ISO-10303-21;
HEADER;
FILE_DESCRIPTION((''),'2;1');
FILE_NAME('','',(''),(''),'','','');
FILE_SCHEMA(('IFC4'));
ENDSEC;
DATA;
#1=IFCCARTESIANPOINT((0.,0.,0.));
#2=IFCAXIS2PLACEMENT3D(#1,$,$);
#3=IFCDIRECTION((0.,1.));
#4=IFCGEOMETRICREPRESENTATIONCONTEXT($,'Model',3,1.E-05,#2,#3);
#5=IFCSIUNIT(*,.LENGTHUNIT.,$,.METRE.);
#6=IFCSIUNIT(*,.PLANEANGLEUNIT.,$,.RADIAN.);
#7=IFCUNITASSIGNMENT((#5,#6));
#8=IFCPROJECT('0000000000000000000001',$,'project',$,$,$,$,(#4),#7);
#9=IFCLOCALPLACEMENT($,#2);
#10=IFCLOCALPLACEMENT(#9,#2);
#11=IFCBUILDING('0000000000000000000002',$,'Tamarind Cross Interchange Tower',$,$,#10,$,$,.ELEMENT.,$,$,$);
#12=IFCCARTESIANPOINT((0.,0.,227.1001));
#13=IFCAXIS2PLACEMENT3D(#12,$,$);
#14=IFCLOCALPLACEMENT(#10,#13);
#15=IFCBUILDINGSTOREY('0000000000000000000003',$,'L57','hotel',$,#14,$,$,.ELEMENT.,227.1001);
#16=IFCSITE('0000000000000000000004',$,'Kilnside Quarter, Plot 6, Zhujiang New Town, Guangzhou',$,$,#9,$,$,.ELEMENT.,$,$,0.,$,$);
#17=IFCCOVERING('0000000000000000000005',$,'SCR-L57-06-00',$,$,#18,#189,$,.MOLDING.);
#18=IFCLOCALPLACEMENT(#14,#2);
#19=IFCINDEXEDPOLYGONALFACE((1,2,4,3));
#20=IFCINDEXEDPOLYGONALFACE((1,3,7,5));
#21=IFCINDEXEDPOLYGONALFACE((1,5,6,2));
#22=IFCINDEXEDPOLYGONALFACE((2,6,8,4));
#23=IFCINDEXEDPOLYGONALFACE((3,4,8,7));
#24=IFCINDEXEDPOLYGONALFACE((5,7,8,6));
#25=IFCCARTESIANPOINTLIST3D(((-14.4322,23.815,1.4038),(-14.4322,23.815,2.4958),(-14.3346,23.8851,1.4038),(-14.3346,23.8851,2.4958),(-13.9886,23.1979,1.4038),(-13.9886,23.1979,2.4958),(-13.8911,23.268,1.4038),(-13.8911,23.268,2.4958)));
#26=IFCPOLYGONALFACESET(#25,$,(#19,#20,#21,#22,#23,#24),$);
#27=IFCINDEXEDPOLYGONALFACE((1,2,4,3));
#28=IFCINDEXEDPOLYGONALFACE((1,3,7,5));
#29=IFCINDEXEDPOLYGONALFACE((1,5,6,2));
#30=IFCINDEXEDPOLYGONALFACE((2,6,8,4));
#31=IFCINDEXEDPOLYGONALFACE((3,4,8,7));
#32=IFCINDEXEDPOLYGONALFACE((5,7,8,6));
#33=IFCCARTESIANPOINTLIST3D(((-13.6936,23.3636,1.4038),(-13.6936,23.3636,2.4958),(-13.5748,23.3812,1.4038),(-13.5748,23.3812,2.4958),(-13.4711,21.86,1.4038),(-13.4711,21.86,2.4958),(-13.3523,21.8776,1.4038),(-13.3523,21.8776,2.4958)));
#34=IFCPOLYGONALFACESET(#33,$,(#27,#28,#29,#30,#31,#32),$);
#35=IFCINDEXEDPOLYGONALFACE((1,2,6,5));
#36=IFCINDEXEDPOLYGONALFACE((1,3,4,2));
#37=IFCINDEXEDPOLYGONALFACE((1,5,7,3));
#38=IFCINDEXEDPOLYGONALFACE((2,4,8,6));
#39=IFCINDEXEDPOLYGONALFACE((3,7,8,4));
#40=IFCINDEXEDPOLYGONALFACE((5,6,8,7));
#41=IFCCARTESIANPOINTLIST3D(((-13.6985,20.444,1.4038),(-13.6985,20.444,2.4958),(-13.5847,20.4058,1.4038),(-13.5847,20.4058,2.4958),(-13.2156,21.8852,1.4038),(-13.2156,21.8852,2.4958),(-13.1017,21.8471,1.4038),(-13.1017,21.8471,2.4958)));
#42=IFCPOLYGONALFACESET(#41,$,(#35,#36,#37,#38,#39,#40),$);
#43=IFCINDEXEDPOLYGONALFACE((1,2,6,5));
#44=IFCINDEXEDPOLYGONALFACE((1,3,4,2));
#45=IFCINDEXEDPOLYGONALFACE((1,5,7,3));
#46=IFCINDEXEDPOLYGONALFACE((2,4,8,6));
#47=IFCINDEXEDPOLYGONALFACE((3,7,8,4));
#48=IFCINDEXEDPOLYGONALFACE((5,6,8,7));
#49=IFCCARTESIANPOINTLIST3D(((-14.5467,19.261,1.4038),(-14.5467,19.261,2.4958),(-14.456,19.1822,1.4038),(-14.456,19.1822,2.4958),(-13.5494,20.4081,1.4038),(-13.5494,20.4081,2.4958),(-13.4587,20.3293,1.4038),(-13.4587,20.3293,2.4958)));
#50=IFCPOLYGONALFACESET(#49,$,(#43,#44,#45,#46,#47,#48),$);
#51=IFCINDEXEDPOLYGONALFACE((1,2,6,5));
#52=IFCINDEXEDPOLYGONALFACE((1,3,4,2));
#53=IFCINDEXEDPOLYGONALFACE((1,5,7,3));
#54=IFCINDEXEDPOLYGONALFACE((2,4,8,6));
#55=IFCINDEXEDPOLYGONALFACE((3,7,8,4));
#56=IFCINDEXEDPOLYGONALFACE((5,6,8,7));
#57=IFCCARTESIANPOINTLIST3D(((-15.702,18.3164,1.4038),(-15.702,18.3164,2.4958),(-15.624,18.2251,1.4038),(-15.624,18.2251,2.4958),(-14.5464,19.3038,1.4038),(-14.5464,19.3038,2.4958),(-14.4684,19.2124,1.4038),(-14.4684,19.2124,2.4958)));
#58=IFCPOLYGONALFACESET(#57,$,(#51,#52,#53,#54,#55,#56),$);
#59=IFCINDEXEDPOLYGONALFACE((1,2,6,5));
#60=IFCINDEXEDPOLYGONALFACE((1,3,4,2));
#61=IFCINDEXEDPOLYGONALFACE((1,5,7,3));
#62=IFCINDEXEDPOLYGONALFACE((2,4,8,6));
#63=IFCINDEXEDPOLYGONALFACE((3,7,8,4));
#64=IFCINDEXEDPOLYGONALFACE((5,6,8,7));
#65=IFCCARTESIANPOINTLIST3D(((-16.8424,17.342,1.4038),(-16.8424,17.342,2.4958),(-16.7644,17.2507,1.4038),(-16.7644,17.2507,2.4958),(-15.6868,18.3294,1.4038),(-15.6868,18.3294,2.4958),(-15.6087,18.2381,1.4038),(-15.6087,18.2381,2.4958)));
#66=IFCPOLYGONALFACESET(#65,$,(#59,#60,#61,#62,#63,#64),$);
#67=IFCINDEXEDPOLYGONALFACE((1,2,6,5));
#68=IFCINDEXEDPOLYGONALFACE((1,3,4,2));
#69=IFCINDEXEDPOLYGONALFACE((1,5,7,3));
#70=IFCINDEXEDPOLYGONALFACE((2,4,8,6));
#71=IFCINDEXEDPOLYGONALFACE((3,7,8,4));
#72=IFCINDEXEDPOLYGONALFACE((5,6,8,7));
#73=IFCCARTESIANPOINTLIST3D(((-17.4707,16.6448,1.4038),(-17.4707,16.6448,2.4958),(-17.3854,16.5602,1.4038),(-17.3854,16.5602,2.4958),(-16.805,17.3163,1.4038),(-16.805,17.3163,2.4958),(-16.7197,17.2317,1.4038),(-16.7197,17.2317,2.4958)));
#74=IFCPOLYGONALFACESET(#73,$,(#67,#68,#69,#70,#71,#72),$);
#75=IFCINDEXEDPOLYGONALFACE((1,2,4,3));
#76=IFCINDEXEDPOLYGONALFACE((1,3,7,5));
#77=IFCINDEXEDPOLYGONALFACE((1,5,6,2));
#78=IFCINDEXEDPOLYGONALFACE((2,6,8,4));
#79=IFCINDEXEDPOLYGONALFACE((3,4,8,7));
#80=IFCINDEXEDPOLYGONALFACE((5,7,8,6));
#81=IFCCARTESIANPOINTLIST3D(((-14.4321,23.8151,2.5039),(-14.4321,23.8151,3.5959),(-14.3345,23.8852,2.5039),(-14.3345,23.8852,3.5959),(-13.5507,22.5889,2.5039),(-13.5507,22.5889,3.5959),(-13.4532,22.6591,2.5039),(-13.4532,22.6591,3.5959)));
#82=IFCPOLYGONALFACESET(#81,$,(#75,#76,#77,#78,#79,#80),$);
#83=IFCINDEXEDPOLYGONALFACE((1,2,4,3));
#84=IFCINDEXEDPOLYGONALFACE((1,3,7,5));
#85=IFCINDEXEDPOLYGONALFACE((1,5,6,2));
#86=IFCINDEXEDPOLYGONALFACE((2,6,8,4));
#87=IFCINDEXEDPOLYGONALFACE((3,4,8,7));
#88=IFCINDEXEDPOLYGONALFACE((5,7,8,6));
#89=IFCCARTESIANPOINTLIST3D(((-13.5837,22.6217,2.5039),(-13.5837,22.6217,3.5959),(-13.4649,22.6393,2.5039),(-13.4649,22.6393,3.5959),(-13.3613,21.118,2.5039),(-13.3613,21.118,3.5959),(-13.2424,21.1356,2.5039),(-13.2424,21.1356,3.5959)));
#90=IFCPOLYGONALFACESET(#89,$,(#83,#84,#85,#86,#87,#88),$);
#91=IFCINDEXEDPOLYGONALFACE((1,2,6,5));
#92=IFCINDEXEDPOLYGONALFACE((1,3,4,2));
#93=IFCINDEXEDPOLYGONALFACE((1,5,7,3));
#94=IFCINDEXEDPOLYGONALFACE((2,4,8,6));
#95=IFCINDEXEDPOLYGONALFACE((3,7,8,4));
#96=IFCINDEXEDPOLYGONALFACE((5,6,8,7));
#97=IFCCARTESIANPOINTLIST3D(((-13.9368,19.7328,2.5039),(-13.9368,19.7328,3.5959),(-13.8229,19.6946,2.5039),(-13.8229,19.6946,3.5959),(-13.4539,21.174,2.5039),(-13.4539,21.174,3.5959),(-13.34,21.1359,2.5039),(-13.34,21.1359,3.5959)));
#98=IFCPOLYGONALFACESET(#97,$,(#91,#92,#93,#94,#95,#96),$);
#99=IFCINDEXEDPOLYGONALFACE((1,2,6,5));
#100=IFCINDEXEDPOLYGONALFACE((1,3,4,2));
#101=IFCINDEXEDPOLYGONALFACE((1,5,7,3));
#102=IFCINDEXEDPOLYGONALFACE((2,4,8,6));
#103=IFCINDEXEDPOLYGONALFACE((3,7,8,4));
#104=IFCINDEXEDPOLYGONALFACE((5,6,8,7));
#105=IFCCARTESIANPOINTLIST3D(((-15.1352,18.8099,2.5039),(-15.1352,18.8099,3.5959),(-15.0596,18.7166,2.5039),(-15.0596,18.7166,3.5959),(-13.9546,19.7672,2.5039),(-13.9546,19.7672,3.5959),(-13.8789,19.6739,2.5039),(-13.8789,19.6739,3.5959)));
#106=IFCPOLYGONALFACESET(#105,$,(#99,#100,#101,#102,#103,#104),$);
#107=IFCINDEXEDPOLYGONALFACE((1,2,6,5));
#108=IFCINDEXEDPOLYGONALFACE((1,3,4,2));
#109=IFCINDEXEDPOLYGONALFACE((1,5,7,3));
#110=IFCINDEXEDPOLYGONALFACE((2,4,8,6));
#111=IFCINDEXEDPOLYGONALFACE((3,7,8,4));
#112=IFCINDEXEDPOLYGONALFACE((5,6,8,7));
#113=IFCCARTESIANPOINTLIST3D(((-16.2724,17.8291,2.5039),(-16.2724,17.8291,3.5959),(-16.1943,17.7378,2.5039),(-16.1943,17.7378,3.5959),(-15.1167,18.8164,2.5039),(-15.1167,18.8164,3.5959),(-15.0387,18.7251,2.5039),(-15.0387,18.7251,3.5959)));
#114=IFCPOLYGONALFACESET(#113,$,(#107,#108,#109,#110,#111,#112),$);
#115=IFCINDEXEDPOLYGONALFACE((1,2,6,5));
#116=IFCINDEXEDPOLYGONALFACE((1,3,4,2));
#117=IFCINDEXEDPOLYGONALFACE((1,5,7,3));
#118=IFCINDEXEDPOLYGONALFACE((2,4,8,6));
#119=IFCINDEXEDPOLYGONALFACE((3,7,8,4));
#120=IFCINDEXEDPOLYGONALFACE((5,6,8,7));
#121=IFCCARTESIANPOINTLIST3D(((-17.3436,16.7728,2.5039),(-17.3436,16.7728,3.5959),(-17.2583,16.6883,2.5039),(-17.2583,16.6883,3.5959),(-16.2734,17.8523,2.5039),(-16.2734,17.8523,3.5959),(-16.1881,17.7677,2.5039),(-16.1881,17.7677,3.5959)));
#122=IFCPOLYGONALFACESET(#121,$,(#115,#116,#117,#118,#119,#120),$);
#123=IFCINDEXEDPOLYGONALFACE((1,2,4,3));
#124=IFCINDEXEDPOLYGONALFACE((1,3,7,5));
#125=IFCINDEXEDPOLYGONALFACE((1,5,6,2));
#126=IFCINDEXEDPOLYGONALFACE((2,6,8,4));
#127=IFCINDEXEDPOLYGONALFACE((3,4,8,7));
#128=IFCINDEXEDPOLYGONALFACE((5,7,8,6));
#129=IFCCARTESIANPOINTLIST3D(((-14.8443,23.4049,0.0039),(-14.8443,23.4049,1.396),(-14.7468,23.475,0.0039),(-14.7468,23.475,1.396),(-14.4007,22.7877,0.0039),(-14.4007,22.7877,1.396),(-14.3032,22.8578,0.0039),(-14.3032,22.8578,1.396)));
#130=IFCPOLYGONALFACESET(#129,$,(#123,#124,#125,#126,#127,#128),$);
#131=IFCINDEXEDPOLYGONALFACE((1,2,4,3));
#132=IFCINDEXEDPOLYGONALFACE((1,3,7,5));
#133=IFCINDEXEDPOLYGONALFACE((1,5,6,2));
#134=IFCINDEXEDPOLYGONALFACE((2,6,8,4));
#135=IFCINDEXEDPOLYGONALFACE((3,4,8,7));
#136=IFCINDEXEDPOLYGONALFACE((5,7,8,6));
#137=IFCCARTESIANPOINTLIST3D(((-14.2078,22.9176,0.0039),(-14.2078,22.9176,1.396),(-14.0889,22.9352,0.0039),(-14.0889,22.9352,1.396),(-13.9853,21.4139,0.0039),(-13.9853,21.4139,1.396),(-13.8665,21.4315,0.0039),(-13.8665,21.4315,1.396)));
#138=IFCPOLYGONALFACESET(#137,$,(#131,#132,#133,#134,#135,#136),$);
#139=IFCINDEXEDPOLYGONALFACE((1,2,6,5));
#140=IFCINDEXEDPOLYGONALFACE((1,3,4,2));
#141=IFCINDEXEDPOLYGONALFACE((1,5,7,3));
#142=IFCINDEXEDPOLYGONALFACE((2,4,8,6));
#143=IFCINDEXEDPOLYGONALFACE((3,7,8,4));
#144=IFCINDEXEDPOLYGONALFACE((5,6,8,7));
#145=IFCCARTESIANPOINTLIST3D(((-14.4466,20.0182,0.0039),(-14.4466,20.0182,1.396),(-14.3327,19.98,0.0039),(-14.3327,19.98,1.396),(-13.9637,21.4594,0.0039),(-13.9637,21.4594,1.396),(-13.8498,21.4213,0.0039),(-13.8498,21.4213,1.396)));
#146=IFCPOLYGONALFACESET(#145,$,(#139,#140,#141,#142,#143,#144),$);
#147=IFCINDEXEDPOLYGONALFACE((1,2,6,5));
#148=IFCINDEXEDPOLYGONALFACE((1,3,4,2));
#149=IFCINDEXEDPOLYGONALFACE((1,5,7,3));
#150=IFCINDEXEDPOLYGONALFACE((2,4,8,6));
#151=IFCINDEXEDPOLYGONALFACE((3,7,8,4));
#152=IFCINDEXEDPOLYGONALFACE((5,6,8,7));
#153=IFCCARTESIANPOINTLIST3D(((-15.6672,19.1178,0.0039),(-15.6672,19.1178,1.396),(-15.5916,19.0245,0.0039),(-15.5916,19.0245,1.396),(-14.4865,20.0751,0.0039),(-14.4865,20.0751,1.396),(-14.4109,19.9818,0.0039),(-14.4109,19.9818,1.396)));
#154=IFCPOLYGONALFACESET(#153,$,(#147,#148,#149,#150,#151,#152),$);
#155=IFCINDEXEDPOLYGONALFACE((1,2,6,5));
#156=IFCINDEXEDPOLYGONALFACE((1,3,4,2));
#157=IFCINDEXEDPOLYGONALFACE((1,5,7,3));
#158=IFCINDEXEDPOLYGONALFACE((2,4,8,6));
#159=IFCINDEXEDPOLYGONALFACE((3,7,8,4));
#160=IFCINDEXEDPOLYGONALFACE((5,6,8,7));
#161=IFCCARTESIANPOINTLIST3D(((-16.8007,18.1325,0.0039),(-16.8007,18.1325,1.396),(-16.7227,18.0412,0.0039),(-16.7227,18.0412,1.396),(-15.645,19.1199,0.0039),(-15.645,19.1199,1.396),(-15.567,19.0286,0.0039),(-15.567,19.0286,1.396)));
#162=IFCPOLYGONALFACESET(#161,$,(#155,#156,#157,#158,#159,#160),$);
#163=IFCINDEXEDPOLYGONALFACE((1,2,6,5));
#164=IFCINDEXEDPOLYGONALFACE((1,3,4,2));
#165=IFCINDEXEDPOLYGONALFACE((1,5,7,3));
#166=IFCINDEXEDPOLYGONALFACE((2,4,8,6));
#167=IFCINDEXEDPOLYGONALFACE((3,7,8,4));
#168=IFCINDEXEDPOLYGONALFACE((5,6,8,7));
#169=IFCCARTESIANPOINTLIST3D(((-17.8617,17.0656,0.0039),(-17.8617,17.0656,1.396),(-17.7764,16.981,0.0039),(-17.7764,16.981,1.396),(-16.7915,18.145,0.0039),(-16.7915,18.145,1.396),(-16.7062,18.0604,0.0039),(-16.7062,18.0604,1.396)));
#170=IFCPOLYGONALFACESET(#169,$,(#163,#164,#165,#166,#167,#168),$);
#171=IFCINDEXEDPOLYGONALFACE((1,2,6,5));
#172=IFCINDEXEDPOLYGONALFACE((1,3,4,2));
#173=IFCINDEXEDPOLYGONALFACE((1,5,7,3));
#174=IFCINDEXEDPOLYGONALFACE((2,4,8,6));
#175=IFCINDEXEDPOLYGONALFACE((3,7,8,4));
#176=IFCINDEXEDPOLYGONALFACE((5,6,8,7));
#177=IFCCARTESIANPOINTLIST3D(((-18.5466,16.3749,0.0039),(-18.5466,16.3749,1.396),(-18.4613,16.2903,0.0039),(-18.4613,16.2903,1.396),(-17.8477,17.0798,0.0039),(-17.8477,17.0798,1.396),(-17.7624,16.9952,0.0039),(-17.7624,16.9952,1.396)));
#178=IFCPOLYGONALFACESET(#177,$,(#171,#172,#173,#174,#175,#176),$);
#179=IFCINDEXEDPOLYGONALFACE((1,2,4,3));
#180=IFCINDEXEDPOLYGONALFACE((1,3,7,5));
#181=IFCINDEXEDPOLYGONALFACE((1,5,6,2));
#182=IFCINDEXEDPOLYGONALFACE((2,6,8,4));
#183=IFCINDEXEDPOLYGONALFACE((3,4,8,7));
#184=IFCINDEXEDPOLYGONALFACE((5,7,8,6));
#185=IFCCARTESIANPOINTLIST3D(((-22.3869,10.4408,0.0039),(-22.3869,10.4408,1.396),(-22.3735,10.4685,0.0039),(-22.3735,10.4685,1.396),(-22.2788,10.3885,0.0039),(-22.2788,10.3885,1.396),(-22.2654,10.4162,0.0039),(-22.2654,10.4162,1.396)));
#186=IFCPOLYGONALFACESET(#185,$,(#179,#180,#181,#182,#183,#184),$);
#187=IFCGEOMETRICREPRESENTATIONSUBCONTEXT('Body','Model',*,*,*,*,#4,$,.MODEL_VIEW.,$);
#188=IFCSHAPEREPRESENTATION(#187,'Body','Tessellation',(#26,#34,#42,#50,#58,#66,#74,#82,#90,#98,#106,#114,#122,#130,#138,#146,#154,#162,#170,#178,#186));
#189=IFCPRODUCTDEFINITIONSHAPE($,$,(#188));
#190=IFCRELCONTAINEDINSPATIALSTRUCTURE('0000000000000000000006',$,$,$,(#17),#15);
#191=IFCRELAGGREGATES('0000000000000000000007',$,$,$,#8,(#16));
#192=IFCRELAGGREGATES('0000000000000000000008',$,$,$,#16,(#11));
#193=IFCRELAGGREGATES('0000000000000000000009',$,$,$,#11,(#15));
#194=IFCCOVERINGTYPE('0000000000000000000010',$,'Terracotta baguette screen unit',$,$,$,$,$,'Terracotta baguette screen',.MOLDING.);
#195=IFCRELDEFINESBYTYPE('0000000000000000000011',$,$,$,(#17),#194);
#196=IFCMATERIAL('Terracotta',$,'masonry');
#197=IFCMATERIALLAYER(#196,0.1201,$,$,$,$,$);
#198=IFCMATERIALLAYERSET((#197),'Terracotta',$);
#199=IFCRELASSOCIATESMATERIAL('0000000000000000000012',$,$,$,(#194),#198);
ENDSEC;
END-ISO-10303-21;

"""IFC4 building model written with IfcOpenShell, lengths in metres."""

from ifc_helpers import new_model, si_unit, direction, frame, origin, origin_2d, place, context, subcontext, project, spatial, rectangle, extrude, material, layer, layer_set, type_object, element, save


model = new_model("IFC4")

# Units and contexts
model_context = context("Model", 3, precision=1e-05, world=origin(), true_north=direction((0.0, 1.0)))
body_context = subcontext(model_context, "Body", "Model", "MODEL_VIEW")
ifc_project = project(units=[si_unit("LENGTHUNIT", "METRE"), si_unit("PLANEANGLEUNIT", "RADIAN")], contexts=[model_context])

# Site, building, storey
site_placement = place(None, origin())
site = spatial("IfcSite", under=ifc_project, at=site_placement, Name="Kilnside Quarter, Plot 6, Zhujiang New Town, Guangzhou", CompositionType="ELEMENT", RefElevation=0.0)
building_placement = place(site_placement, origin())
building = spatial("IfcBuilding", under=site, at=building_placement, Name="Tamarind Cross Interchange Tower", CompositionType="ELEMENT")
storey_placement = place(building_placement, frame((0.0, 0.0, 227.1001)))
storey = spatial("IfcBuildingStorey", under=building, at=storey_placement, Name="L57", Description="hotel", CompositionType="ELEMENT", Elevation=227.1001)

# Covering
ifc_material_1 = material(Name="Terracotta", Category="masonry")
ifc_layer_1 = layer(ifc_material_1, 0.1201)
ifc_layer_set_1 = layer_set([ifc_layer_1], Name="Terracotta")
covering_type = type_object("IfcCoveringType", Name="Terracotta baguette screen unit", ElementType="Terracotta baguette screen", PredefinedType="MOLDING", material=ifc_layer_set_1)
covering_1_placement = place(storey_placement, origin())
element("IfcCovering", 1, at=covering_1_placement, inside=storey, type_object=covering_type, Name="SCR-L57-06-00", PredefinedType="MOLDING", context=body_context, shape_type="SweptSolid", body=[
    extrude(rectangle(XDim=0.76, YDim=0.1201, at=origin_2d()), frame((-14.1616, 23.5415, 1.4038), z_axis=(0.0, 0.0, 1.0), x_axis=(0.583665, -0.811995, 0.0)), (0.0, 0.0, 1.0), 1.092),
    extrude(rectangle(XDim=1.52, YDim=0.1201, at=origin_2d()), frame((-13.5229, 22.6206, 1.4038), z_axis=(0.0, 0.0, 1.0), x_axis=(0.146356, -0.989232, 0.0)), (0.0, 0.0, 1.0), 1.092),
    extrude(rectangle(XDim=1.52, YDim=0.1201, at=origin_2d()), frame((-13.4001, 21.1455, 1.4038), z_axis=(0.0, 0.0, 1.0), x_axis=(-0.317699, -0.948192, 0.0)), (0.0, 0.0, 1.0), 1.092),
    extrude(rectangle(XDim=1.52, YDim=0.1201, at=origin_2d()), frame((-14.0027, 19.7952, 1.4038), z_axis=(0.0, 0.0, 1.0), x_axis=(-0.65611, -0.754665, 0.0)), (0.0, 0.0, 1.0), 1.092),
    extrude(rectangle(XDim=1.52, YDim=0.1201, at=origin_2d()), frame((-15.0852, 18.7644, 1.4038), z_axis=(0.0, 0.0, 1.0), x_axis=(-0.760296, -0.649577, 0.0)), (0.0, 0.0, 1.0), 1.092),
    extrude(rectangle(XDim=1.52, YDim=0.1201, at=origin_2d()), frame((-16.2256, 17.79, 1.4038), z_axis=(0.0, 0.0, 1.0), x_axis=(-0.760296, -0.649577, 0.0)), (0.0, 0.0, 1.0), 1.092),
    extrude(rectangle(XDim=0.9456, YDim=0.1201, at=origin_2d()), frame((-17.0952, 16.9382, 1.4038), z_axis=(0.0, 0.0, 1.0), x_axis=(-0.704057, -0.710143, 0.0)), (0.0, 0.0, 1.0), 1.092),
    extrude(rectangle(XDim=1.51, YDim=0.1201, at=origin_2d()), frame((-13.9426, 23.2371, 2.5039), z_axis=(0.0, 0.0, 1.0), x_axis=(0.583665, -0.811995, 0.0)), (0.0, 0.0, 1.0), 1.092),
    extrude(rectangle(XDim=1.52, YDim=0.1201, at=origin_2d()), frame((-13.4131, 21.8787, 2.5039), z_axis=(0.0, 0.0, 1.0), x_axis=(0.146356, -0.989232, 0.0)), (0.0, 0.0, 1.0), 1.092),
    extrude(rectangle(XDim=1.52, YDim=0.1201, at=origin_2d()), frame((-13.6384, 20.4343, 2.5039), z_axis=(0.0, 0.0, 1.0), x_axis=(-0.317699, -0.948192, 0.0)), (0.0, 0.0, 1.0), 1.092),
    extrude(rectangle(XDim=1.52, YDim=0.1201, at=origin_2d()), frame((-14.5071, 19.2419, 2.5039), z_axis=(0.0, 0.0, 1.0), x_axis=(-0.77676, -0.629797, 0.0)), (0.0, 0.0, 1.0), 1.092),
    extrude(rectangle(XDim=1.52, YDim=0.1201, at=origin_2d()), frame((-15.6555, 18.2771, 2.5039), z_axis=(0.0, 0.0, 1.0), x_axis=(-0.760296, -0.649577, 0.0)), (0.0, 0.0, 1.0), 1.092),
    extrude(rectangle(XDim=1.52, YDim=0.1201, at=origin_2d()), frame((-16.7659, 17.2703, 2.5039), z_axis=(0.0, 0.0, 1.0), x_axis=(-0.704057, -0.710143, 0.0)), (0.0, 0.0, 1.0), 1.092),
    extrude(rectangle(XDim=0.76, YDim=0.1201, at=origin_2d()), frame((-14.5737, 23.1313, 0.0039), z_axis=(0.0, 0.0, 1.0), x_axis=(0.583665, -0.811995, 0.0)), (0.0, 0.0, 1.0), 1.3921),
    extrude(rectangle(XDim=1.52, YDim=0.1201, at=origin_2d()), frame((-14.0371, 22.1746, 0.0039), z_axis=(0.0, 0.0, 1.0), x_axis=(0.146356, -0.989232, 0.0)), (0.0, 0.0, 1.0), 1.3921),
    extrude(rectangle(XDim=1.52, YDim=0.1201, at=origin_2d()), frame((-14.1482, 20.7197, 0.0039), z_axis=(0.0, 0.0, 1.0), x_axis=(-0.317699, -0.948192, 0.0)), (0.0, 0.0, 1.0), 1.3921),
    extrude(rectangle(XDim=1.52, YDim=0.1201, at=origin_2d()), frame((-15.0391, 19.5498, 0.0039), z_axis=(0.0, 0.0, 1.0), x_axis=(-0.77676, -0.629797, 0.0)), (0.0, 0.0, 1.0), 1.3921),
    extrude(rectangle(XDim=1.52, YDim=0.1201, at=origin_2d()), frame((-16.1838, 18.5806, 0.0039), z_axis=(0.0, 0.0, 1.0), x_axis=(-0.760296, -0.649577, 0.0)), (0.0, 0.0, 1.0), 1.3921),
    extrude(rectangle(XDim=1.52, YDim=0.1201, at=origin_2d()), frame((-17.2839, 17.563, 0.0039), z_axis=(0.0, 0.0, 1.0), x_axis=(-0.704057, -0.710143, 0.0)), (0.0, 0.0, 1.0), 1.3921),
    extrude(rectangle(XDim=0.9927, YDim=0.1201, at=origin_2d()), frame((-18.1545, 16.6851, 0.0039), z_axis=(0.0, 0.0, 1.0), x_axis=(-0.704057, -0.710143, 0.0)), (0.0, 0.0, 1.0), 1.3921),
    extrude(rectangle(XDim=0.0308, YDim=0.1201, at=origin_2d()), frame((-22.3262, 10.4285, 0.0039), z_axis=(0.0, 0.0, 1.0), x_axis=(-0.435326, -0.900273, 0.0)), (0.0, 0.0, 1.0), 1.3921),
])

save(model, "model.ifc")
